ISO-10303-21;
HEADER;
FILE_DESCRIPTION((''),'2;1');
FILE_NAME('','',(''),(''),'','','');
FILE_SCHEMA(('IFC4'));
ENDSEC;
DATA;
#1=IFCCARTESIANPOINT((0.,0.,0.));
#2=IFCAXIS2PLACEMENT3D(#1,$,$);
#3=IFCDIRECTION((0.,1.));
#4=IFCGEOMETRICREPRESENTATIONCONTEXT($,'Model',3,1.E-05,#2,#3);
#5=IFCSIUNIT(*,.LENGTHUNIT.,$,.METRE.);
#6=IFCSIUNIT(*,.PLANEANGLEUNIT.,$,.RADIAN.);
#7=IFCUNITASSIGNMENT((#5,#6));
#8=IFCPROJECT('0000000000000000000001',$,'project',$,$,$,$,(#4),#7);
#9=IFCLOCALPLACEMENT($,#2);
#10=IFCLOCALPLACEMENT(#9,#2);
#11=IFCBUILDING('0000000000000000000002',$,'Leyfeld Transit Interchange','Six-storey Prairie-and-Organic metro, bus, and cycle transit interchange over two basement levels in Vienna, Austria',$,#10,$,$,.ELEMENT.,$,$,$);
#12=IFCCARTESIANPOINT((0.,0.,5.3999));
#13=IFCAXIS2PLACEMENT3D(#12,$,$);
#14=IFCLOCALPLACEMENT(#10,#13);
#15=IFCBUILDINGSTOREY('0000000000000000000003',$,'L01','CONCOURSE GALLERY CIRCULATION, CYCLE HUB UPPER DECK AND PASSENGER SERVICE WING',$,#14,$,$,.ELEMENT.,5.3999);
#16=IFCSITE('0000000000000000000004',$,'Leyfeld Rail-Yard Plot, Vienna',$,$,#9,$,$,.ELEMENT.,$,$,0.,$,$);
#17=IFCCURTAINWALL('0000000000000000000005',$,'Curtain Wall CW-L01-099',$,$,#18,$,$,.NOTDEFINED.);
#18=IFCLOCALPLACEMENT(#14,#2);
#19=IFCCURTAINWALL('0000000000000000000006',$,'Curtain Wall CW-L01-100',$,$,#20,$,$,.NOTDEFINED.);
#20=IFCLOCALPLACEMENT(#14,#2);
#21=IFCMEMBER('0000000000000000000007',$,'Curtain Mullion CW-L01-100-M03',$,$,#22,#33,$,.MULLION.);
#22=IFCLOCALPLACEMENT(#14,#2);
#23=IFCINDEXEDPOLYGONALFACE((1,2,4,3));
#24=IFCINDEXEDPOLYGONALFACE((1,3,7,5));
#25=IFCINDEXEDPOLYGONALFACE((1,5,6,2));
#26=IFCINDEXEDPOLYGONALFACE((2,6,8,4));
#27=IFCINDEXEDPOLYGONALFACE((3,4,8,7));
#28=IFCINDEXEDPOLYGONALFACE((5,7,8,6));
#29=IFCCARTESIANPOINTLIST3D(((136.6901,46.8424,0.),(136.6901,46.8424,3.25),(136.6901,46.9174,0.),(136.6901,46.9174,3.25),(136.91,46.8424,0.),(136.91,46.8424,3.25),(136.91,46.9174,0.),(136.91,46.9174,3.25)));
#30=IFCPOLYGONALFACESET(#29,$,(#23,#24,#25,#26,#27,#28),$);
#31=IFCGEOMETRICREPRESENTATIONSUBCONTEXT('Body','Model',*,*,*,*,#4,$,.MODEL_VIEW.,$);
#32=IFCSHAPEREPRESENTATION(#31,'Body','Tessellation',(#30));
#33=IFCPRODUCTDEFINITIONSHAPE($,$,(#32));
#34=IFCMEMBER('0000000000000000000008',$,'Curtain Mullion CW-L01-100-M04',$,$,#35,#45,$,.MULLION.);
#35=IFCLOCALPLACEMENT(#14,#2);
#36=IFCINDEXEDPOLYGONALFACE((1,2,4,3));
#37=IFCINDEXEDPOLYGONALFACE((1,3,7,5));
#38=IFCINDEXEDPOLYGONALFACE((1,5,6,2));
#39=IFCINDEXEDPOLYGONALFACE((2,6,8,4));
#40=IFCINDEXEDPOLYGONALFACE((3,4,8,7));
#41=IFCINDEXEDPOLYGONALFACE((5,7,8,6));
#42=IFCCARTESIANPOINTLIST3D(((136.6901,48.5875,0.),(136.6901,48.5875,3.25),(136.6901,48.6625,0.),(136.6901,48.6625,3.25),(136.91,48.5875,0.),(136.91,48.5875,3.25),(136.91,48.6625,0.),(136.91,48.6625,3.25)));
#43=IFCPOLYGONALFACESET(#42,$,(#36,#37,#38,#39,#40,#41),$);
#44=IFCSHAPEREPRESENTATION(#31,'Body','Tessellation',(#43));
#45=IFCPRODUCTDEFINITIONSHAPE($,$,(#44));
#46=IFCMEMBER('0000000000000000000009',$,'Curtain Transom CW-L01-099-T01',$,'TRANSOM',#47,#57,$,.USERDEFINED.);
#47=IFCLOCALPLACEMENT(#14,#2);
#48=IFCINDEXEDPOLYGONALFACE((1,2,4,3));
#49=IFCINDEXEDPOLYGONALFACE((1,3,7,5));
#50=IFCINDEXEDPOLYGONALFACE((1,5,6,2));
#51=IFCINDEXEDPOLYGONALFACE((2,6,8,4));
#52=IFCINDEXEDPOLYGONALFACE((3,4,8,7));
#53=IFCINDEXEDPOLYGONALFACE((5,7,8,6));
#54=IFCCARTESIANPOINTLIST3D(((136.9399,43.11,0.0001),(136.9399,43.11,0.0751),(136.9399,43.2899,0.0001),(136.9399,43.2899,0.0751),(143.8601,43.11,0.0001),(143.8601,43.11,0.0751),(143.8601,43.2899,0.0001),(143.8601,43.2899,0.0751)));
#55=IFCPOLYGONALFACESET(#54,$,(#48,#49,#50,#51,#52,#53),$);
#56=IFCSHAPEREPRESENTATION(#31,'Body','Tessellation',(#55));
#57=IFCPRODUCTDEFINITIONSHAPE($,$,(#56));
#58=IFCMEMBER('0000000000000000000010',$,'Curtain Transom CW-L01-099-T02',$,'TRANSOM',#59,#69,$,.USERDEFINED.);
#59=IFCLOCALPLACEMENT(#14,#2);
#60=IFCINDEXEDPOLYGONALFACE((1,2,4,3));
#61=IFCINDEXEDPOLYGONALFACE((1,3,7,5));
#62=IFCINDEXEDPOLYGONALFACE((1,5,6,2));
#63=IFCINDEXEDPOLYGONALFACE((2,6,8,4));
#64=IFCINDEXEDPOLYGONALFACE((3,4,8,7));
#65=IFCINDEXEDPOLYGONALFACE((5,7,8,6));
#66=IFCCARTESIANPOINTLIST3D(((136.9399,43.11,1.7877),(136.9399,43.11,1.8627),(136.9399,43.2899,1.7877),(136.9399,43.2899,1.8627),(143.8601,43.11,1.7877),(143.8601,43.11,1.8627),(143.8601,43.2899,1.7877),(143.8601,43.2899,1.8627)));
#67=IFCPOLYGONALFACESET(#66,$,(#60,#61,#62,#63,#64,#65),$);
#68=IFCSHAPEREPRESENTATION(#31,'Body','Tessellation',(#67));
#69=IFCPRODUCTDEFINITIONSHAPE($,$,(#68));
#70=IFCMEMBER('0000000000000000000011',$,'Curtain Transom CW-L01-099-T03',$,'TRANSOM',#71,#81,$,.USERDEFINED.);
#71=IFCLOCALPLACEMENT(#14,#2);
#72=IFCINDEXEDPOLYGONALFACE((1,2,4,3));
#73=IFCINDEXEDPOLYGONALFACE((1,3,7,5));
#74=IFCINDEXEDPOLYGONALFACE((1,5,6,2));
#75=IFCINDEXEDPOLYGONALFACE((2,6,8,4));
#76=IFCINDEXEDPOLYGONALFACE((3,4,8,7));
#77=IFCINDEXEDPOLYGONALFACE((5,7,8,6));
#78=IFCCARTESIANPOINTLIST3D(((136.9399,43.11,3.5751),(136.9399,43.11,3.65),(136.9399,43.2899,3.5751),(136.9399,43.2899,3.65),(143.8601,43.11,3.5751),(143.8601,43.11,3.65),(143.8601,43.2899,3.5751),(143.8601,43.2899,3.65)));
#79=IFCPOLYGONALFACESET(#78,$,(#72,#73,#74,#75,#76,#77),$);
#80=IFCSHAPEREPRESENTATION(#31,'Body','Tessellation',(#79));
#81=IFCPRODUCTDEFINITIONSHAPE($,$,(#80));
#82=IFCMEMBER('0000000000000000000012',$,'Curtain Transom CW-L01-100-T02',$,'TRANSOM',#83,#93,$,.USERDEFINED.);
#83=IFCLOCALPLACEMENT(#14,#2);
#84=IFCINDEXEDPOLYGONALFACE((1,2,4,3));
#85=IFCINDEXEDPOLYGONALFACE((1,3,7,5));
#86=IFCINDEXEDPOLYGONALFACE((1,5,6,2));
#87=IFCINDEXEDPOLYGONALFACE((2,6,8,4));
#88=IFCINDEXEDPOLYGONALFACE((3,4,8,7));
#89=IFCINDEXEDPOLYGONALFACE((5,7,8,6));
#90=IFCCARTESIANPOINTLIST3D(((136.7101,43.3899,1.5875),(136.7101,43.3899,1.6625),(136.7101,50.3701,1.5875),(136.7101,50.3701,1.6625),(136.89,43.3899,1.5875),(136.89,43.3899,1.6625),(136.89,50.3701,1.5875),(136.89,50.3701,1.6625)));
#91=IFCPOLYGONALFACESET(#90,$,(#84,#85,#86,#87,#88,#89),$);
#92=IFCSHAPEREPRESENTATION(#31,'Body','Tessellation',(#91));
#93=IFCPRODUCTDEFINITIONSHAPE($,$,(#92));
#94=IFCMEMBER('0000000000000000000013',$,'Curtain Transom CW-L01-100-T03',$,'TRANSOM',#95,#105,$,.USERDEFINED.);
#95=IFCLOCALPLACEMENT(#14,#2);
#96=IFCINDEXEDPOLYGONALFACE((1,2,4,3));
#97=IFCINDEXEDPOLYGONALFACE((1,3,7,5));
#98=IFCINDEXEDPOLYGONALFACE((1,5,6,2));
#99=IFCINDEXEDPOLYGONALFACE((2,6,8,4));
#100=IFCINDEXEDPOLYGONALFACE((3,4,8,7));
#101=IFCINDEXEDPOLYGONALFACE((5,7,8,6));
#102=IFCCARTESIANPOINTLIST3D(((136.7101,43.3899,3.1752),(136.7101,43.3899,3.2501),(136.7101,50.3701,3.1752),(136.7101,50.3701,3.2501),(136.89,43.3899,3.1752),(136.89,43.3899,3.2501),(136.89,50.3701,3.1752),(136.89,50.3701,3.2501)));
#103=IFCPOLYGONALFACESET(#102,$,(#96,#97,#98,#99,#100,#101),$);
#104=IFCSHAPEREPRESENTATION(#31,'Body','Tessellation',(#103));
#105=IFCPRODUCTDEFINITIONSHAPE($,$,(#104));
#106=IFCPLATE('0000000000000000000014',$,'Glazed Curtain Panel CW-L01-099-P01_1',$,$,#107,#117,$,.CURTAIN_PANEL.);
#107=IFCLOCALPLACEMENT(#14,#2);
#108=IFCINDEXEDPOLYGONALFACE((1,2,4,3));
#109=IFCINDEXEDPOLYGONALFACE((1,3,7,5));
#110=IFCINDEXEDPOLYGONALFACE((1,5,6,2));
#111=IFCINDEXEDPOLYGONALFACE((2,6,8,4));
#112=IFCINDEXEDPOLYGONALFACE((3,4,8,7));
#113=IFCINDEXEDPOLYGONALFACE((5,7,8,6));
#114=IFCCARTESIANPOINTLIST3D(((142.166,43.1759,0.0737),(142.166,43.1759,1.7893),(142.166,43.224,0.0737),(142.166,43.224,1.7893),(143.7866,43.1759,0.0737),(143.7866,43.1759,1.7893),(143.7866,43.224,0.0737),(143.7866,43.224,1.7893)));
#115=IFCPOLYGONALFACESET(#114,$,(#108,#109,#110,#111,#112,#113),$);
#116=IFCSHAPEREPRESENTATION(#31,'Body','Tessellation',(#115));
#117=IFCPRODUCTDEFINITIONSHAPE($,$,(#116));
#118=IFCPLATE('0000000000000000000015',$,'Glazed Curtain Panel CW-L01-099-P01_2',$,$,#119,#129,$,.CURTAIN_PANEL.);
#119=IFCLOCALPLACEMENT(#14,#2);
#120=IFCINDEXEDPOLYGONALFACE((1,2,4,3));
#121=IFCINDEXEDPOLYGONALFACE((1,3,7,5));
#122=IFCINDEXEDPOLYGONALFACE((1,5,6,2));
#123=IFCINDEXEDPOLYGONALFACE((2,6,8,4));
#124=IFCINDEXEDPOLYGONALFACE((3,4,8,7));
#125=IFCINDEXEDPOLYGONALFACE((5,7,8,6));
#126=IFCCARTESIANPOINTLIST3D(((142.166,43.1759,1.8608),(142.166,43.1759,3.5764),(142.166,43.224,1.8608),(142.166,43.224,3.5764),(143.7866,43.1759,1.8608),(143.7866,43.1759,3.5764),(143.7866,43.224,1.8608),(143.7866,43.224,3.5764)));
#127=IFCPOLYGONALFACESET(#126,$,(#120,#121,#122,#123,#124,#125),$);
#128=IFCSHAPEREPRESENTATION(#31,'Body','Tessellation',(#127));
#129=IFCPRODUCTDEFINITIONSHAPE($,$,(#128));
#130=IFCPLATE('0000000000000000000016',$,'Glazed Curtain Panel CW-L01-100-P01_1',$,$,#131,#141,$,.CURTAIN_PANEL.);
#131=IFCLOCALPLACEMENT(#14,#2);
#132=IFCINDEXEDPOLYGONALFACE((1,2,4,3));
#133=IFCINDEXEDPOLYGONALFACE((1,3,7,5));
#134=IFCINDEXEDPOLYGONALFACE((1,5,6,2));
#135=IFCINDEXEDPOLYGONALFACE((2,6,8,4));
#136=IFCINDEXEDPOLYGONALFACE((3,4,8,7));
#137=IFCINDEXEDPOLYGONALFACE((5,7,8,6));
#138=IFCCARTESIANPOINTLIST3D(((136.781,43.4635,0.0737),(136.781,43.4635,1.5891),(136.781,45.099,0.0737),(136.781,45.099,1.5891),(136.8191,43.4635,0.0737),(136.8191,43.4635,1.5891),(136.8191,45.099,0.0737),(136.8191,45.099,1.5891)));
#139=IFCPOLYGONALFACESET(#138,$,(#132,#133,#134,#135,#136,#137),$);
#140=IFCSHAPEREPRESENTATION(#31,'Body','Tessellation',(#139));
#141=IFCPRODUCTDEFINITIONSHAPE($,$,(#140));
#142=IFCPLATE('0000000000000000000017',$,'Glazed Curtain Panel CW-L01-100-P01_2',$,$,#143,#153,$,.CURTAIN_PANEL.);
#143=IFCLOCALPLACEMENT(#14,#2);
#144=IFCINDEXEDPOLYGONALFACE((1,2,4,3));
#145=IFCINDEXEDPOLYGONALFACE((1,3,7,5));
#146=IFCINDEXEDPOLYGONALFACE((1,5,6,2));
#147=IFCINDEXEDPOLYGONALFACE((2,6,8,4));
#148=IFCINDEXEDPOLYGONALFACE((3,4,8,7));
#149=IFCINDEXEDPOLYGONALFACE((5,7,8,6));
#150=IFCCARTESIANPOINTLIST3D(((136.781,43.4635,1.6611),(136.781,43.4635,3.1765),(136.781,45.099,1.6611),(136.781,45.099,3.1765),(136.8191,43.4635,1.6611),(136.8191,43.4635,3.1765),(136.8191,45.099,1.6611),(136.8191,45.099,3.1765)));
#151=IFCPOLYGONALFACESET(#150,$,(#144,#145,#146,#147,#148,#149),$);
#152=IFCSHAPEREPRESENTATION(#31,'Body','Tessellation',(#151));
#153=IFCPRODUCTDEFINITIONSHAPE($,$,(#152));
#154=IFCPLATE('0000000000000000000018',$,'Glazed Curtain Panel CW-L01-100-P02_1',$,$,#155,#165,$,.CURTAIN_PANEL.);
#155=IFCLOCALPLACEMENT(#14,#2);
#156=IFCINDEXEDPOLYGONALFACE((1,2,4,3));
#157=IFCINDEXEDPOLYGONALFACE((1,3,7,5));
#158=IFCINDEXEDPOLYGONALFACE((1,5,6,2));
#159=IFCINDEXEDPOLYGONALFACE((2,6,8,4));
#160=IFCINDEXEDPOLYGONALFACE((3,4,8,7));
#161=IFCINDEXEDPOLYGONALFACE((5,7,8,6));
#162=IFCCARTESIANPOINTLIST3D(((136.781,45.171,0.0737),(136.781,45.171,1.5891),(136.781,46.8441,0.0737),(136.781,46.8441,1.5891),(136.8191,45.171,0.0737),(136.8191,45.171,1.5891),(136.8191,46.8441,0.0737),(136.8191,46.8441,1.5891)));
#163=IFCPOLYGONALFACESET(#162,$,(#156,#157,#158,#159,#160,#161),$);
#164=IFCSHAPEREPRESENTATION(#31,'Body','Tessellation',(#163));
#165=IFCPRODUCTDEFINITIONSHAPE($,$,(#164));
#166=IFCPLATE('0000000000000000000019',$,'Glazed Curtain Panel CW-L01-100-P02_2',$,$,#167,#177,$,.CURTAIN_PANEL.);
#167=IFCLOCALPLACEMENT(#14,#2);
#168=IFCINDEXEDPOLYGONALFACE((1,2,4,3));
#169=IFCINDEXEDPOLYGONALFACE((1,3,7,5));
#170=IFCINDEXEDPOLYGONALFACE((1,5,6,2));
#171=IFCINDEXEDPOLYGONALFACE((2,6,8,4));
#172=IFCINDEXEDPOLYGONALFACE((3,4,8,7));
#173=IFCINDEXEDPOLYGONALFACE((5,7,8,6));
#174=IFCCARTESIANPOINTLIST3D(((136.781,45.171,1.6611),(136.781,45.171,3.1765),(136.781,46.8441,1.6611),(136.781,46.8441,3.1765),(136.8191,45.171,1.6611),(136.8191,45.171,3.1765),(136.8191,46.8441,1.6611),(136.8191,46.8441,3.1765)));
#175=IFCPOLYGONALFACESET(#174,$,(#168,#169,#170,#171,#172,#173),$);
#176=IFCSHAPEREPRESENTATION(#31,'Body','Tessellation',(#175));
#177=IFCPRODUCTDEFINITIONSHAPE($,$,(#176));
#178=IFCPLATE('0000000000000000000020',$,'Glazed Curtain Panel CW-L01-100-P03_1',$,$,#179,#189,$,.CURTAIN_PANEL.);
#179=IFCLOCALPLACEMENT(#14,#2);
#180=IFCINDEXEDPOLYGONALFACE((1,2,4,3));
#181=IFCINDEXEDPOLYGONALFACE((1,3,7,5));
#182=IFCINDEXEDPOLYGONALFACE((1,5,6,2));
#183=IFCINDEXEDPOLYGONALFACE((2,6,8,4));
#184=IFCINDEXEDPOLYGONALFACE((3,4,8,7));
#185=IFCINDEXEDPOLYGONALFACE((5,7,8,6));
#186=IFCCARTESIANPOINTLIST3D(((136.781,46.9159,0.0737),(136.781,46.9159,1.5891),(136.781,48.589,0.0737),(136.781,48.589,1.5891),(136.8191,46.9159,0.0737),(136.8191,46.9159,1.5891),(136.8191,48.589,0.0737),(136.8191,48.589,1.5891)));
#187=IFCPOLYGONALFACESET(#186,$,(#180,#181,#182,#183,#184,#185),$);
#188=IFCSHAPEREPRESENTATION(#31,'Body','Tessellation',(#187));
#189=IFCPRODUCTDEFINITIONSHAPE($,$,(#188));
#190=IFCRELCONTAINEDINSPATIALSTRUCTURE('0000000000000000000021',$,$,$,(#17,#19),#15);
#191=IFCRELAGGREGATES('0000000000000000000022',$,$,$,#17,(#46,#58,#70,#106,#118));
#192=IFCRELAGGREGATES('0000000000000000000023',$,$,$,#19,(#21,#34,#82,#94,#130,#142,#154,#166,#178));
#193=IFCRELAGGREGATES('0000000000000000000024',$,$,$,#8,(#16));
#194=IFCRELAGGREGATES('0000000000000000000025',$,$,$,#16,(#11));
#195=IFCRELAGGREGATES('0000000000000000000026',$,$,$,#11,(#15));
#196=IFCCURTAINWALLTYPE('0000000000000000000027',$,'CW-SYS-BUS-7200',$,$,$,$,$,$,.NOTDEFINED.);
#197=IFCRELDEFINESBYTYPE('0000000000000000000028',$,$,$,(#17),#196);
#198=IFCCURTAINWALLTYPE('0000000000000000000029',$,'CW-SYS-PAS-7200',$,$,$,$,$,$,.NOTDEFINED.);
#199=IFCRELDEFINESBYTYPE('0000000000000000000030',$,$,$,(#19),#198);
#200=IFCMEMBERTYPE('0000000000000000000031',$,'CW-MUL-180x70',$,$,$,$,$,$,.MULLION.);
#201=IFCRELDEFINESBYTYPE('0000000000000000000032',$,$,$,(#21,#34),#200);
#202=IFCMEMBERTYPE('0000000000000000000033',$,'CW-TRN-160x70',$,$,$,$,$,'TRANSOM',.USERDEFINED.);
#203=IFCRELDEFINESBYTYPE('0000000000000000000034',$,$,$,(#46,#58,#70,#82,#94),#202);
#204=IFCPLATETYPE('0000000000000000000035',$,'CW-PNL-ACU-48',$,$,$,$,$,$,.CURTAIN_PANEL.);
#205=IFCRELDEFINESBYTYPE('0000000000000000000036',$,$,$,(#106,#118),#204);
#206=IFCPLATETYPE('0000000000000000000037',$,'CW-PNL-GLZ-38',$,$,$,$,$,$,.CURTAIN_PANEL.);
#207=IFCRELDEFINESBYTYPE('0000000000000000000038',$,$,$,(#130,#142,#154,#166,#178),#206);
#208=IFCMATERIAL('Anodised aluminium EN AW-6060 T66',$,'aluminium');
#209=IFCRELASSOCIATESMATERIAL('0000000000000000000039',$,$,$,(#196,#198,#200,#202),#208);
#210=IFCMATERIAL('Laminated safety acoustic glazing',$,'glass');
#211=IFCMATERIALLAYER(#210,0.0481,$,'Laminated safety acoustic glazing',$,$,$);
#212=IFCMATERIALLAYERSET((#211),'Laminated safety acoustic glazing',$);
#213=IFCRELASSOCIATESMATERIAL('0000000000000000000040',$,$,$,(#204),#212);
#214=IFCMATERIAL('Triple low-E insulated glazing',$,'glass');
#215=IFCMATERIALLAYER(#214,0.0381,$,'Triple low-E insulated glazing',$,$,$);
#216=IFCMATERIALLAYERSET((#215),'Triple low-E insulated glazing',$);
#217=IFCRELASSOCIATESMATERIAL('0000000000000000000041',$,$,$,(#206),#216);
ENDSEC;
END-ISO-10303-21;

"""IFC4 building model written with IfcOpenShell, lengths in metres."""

from ifc_helpers import new_model, si_unit, direction, frame, origin, origin_2d, place, context, subcontext, project, spatial, rectangle, extrude, material, layer, layer_set, material_profile, profile_set, type_object, element, aggregate, save


model = new_model("IFC4")

# Units and contexts
model_context = context("Model", 3, precision=1e-05, world=origin(), true_north=direction((0.0, 1.0)))
body_context = subcontext(model_context, "Body", "Model", "MODEL_VIEW")
ifc_project = project(units=[si_unit("LENGTHUNIT", "METRE"), si_unit("PLANEANGLEUNIT", "RADIAN")], contexts=[model_context])

# Site, building, storey
site_placement = place(None, origin())
site = spatial("IfcSite", under=ifc_project, at=site_placement, Name="Leyfeld Rail-Yard Plot, Vienna", CompositionType="ELEMENT", RefElevation=0.0)
building_placement = place(site_placement, origin())
building = spatial("IfcBuilding", under=site, at=building_placement, Name="Leyfeld Transit Interchange", Description="Six-storey Prairie-and-Organic metro, bus, and cycle transit interchange over two basement levels in Vienna, Austria", CompositionType="ELEMENT")
storey_placement = place(building_placement, frame((0.0, 0.0, 5.3999)))
storey = spatial("IfcBuildingStorey", under=building, at=storey_placement, Name="L01", Description="CONCOURSE GALLERY CIRCULATION, CYCLE HUB UPPER DECK AND PASSENGER SERVICE WING", CompositionType="ELEMENT", Elevation=5.3999)

# Curtain wall
ifc_material_1 = material(Name="Anodised aluminium EN AW-6060 T66", Category="aluminium")
curtain_wall_type_1 = type_object("IfcCurtainWallType", Name="CW-SYS-BUS-7200", PredefinedType="NOTDEFINED", material=ifc_material_1)
curtain_wall_1_placement = place(storey_placement, origin())
curtain_wall_1 = element("IfcCurtainWall", 1, at=curtain_wall_1_placement, inside=storey, type_object=curtain_wall_type_1, Name="Curtain Wall CW-L01-099", PredefinedType="NOTDEFINED")
ifc_material_profile_1 = material_profile(ifc_material_1, rectangle(XDim=0.075, YDim=0.22, at=origin_2d()), Name="CW-M 75x220")
ifc_profile_set_1 = profile_set([ifc_material_profile_1], Name="Anodised aluminium EN AW-6060 T66")
member_type_1 = type_object("IfcMemberType", Name="CW-MUL-180x70", PredefinedType="MULLION", material=ifc_profile_set_1)

# Curtain wall, members
curtain_wall_type_2 = type_object("IfcCurtainWallType", Name="CW-SYS-PAS-7200", PredefinedType="NOTDEFINED", material=ifc_material_1)
curtain_wall_2_placement = place(storey_placement, origin())
curtain_wall_2 = element("IfcCurtainWall", 2, at=curtain_wall_2_placement, inside=storey, type_object=curtain_wall_type_2, Name="Curtain Wall CW-L01-100", PredefinedType="NOTDEFINED")
member_1_placement = place(storey_placement, frame((136.8, 46.8799, 0.0), z_axis=(0.0, 0.0, 1.0), x_axis=(0.0, 1.0, 0.0)))
member_1 = element("IfcMember", 3, at=member_1_placement, type_object=member_type_1, Name="Curtain Mullion CW-L01-100-M03", PredefinedType="MULLION", context=body_context, shape_type="SweptSolid", body=[
    extrude(rectangle(XDim=0.075, YDim=0.22, at=origin_2d()), origin(), (0.0, 0.0, 1.0), 3.25),
])
member_2_placement = place(storey_placement, frame((136.8, 48.625, 0.0), z_axis=(0.0, 0.0, 1.0), x_axis=(0.0, 1.0, 0.0)))
member_2 = element("IfcMember", 4, at=member_2_placement, type_object=member_type_1, Name="Curtain Mullion CW-L01-100-M04", PredefinedType="MULLION", context=body_context, shape_type="SweptSolid", body=[
    extrude(rectangle(XDim=0.075, YDim=0.22, at=origin_2d()), origin(), (0.0, 0.0, 1.0), 3.25),
])

# Members
ifc_material_profile_2 = material_profile(ifc_material_1, rectangle(XDim=0.1799, YDim=0.075, at=origin_2d()), Name="CW-TRN-160x70")
ifc_profile_set_2 = profile_set([ifc_material_profile_2], Name="Anodised aluminium EN AW-6060 T66")
member_type_2 = type_object("IfcMemberType", Name="CW-TRN-160x70", ElementType="TRANSOM", PredefinedType="USERDEFINED", material=ifc_profile_set_2)
member_3_placement = place(storey_placement, frame((143.8601, 43.2, 0.0376), z_axis=(-1.0, 0.0, 0.0), x_axis=(0.0, -1.0, 0.0)))
member_3 = element("IfcMember", 5, at=member_3_placement, type_object=member_type_2, Name="Curtain Transom CW-L01-099-T01", ObjectType="TRANSOM", PredefinedType="USERDEFINED", context=body_context, shape_type="SweptSolid", body=[
    extrude(rectangle(XDim=0.1799, YDim=0.075, at=origin_2d()), origin(), (0.0, 0.0, 1.0), 6.9202),
])
member_4_placement = place(storey_placement, frame((143.8601, 43.2, 1.8252), z_axis=(-1.0, 0.0, 0.0), x_axis=(0.0, -1.0, 0.0)))
member_4 = element("IfcMember", 6, at=member_4_placement, type_object=member_type_2, Name="Curtain Transom CW-L01-099-T02", ObjectType="TRANSOM", PredefinedType="USERDEFINED", context=body_context, shape_type="SweptSolid", body=[
    extrude(rectangle(XDim=0.1799, YDim=0.075, at=origin_2d()), origin(), (0.0, 0.0, 1.0), 6.9202),
])
member_5_placement = place(storey_placement, frame((143.8601, 43.2, 3.6125), z_axis=(-1.0, 0.0, 0.0), x_axis=(0.0, -1.0, 0.0)))
member_5 = element("IfcMember", 7, at=member_5_placement, type_object=member_type_2, Name="Curtain Transom CW-L01-099-T03", ObjectType="TRANSOM", PredefinedType="USERDEFINED", context=body_context, shape_type="SweptSolid", body=[
    extrude(rectangle(XDim=0.1799, YDim=0.075, at=origin_2d()), origin(), (0.0, 0.0, 1.0), 6.9202),
])
member_6_placement = place(storey_placement, frame((136.8, 43.3899, 1.625), z_axis=(0.0, 1.0, 0.0), x_axis=(-1.0, 0.0, 0.0)))
member_6 = element("IfcMember", 8, at=member_6_placement, type_object=member_type_2, Name="Curtain Transom CW-L01-100-T02", ObjectType="TRANSOM", PredefinedType="USERDEFINED", context=body_context, shape_type="SweptSolid", body=[
    extrude(rectangle(XDim=0.1799, YDim=0.075, at=origin_2d()), origin(), (0.0, 0.0, 1.0), 6.9802),
])
member_7_placement = place(storey_placement, frame((136.8, 43.3899, 3.2126), z_axis=(0.0, 1.0, 0.0), x_axis=(-1.0, 0.0, 0.0)))
member_7 = element("IfcMember", 9, at=member_7_placement, type_object=member_type_2, Name="Curtain Transom CW-L01-100-T03", ObjectType="TRANSOM", PredefinedType="USERDEFINED", context=body_context, shape_type="SweptSolid", body=[
    extrude(rectangle(XDim=0.1799, YDim=0.075, at=origin_2d()), origin(), (0.0, 0.0, 1.0), 6.9802),
])

# Plates
ifc_material_2 = material(Name="Laminated safety acoustic glazing", Category="glass")
ifc_layer_1 = layer(ifc_material_2, 0.0481, Name="Laminated safety acoustic glazing")
ifc_layer_set_1 = layer_set([ifc_layer_1], Name="Laminated safety acoustic glazing")
plate_type_1 = type_object("IfcPlateType", Name="CW-PNL-ACU-48", PredefinedType="CURTAIN_PANEL", material=ifc_layer_set_1)
plate_1_placement = place(storey_placement, frame((142.9763, 43.2, 0.0737), z_axis=(0.0, 0.0, 1.0), x_axis=(-1.0, 0.0, 0.0)))
plate_1 = element("IfcPlate", 10, at=plate_1_placement, type_object=plate_type_1, Name="Glazed Curtain Panel CW-L01-099-P01_1", PredefinedType="CURTAIN_PANEL", context=body_context, shape_type="SweptSolid", body=[
    extrude(rectangle(XDim=1.6206, YDim=0.0481, at=origin_2d()), origin(), (0.0, 0.0, 1.0), 1.7156),
])
plate_2_placement = place(storey_placement, frame((142.9763, 43.2, 1.8608), z_axis=(0.0, 0.0, 1.0), x_axis=(-1.0, 0.0, 0.0)))
plate_2 = element("IfcPlate", 11, at=plate_2_placement, type_object=plate_type_1, Name="Glazed Curtain Panel CW-L01-099-P01_2", PredefinedType="CURTAIN_PANEL", context=body_context, shape_type="SweptSolid", body=[
    extrude(rectangle(XDim=1.6206, YDim=0.0481, at=origin_2d()), origin(), (0.0, 0.0, 1.0), 1.7156),
])
aggregate(curtain_wall_1, [member_3, member_4, member_5, plate_1, plate_2])
ifc_material_3 = material(Name="Triple low-E insulated glazing", Category="glass")
ifc_layer_2 = layer(ifc_material_3, 0.0381, Name="Triple low-E insulated glazing")
ifc_layer_set_2 = layer_set([ifc_layer_2], Name="Triple low-E insulated glazing")
plate_type_2 = type_object("IfcPlateType", Name="CW-PNL-GLZ-38", PredefinedType="CURTAIN_PANEL", material=ifc_layer_set_2)
plate_3_placement = place(storey_placement, frame((136.8, 44.2812, 0.0737), z_axis=(0.0, 0.0, 1.0), x_axis=(0.0, 1.0, 0.0)))
plate_3 = element("IfcPlate", 12, at=plate_3_placement, type_object=plate_type_2, Name="Glazed Curtain Panel CW-L01-100-P01_1", PredefinedType="CURTAIN_PANEL", context=body_context, shape_type="SweptSolid", body=[
    extrude(rectangle(XDim=1.6355, YDim=0.0381, at=origin_2d()), origin(), (0.0, 0.0, 1.0), 1.5154),
])
plate_4_placement = place(storey_placement, frame((136.8, 44.2812, 1.6611), z_axis=(0.0, 0.0, 1.0), x_axis=(0.0, 1.0, 0.0)))
plate_4 = element("IfcPlate", 13, at=plate_4_placement, type_object=plate_type_2, Name="Glazed Curtain Panel CW-L01-100-P01_2", PredefinedType="CURTAIN_PANEL", context=body_context, shape_type="SweptSolid", body=[
    extrude(rectangle(XDim=1.6355, YDim=0.0381, at=origin_2d()), origin(), (0.0, 0.0, 1.0), 1.5154),
])
plate_5_placement = place(storey_placement, frame((136.8, 46.0076, 0.0737), z_axis=(0.0, 0.0, 1.0), x_axis=(0.0, 1.0, 0.0)))
plate_5 = element("IfcPlate", 14, at=plate_5_placement, type_object=plate_type_2, Name="Glazed Curtain Panel CW-L01-100-P02_1", PredefinedType="CURTAIN_PANEL", context=body_context, shape_type="SweptSolid", body=[
    extrude(rectangle(XDim=1.6731, YDim=0.0381, at=origin_2d()), origin(), (0.0, 0.0, 1.0), 1.5154),
])
plate_6_placement = place(storey_placement, frame((136.8, 46.0076, 1.6611), z_axis=(0.0, 0.0, 1.0), x_axis=(0.0, 1.0, 0.0)))
plate_6 = element("IfcPlate", 15, at=plate_6_placement, type_object=plate_type_2, Name="Glazed Curtain Panel CW-L01-100-P02_2", PredefinedType="CURTAIN_PANEL", context=body_context, shape_type="SweptSolid", body=[
    extrude(rectangle(XDim=1.6731, YDim=0.0381, at=origin_2d()), origin(), (0.0, 0.0, 1.0), 1.5154),
])
plate_7_placement = place(storey_placement, frame((136.8, 47.7524, 0.0737), z_axis=(0.0, 0.0, 1.0), x_axis=(0.0, 1.0, 0.0)))
plate_7 = element("IfcPlate", 16, at=plate_7_placement, type_object=plate_type_2, Name="Glazed Curtain Panel CW-L01-100-P03_1", PredefinedType="CURTAIN_PANEL", context=body_context, shape_type="SweptSolid", body=[
    extrude(rectangle(XDim=1.6731, YDim=0.0381, at=origin_2d()), origin(), (0.0, 0.0, 1.0), 1.5154),
])
aggregate(curtain_wall_2, [member_1, member_2, member_6, member_7, plate_3, plate_4, plate_5, plate_6, plate_7])

save(model, "model.ifc")
